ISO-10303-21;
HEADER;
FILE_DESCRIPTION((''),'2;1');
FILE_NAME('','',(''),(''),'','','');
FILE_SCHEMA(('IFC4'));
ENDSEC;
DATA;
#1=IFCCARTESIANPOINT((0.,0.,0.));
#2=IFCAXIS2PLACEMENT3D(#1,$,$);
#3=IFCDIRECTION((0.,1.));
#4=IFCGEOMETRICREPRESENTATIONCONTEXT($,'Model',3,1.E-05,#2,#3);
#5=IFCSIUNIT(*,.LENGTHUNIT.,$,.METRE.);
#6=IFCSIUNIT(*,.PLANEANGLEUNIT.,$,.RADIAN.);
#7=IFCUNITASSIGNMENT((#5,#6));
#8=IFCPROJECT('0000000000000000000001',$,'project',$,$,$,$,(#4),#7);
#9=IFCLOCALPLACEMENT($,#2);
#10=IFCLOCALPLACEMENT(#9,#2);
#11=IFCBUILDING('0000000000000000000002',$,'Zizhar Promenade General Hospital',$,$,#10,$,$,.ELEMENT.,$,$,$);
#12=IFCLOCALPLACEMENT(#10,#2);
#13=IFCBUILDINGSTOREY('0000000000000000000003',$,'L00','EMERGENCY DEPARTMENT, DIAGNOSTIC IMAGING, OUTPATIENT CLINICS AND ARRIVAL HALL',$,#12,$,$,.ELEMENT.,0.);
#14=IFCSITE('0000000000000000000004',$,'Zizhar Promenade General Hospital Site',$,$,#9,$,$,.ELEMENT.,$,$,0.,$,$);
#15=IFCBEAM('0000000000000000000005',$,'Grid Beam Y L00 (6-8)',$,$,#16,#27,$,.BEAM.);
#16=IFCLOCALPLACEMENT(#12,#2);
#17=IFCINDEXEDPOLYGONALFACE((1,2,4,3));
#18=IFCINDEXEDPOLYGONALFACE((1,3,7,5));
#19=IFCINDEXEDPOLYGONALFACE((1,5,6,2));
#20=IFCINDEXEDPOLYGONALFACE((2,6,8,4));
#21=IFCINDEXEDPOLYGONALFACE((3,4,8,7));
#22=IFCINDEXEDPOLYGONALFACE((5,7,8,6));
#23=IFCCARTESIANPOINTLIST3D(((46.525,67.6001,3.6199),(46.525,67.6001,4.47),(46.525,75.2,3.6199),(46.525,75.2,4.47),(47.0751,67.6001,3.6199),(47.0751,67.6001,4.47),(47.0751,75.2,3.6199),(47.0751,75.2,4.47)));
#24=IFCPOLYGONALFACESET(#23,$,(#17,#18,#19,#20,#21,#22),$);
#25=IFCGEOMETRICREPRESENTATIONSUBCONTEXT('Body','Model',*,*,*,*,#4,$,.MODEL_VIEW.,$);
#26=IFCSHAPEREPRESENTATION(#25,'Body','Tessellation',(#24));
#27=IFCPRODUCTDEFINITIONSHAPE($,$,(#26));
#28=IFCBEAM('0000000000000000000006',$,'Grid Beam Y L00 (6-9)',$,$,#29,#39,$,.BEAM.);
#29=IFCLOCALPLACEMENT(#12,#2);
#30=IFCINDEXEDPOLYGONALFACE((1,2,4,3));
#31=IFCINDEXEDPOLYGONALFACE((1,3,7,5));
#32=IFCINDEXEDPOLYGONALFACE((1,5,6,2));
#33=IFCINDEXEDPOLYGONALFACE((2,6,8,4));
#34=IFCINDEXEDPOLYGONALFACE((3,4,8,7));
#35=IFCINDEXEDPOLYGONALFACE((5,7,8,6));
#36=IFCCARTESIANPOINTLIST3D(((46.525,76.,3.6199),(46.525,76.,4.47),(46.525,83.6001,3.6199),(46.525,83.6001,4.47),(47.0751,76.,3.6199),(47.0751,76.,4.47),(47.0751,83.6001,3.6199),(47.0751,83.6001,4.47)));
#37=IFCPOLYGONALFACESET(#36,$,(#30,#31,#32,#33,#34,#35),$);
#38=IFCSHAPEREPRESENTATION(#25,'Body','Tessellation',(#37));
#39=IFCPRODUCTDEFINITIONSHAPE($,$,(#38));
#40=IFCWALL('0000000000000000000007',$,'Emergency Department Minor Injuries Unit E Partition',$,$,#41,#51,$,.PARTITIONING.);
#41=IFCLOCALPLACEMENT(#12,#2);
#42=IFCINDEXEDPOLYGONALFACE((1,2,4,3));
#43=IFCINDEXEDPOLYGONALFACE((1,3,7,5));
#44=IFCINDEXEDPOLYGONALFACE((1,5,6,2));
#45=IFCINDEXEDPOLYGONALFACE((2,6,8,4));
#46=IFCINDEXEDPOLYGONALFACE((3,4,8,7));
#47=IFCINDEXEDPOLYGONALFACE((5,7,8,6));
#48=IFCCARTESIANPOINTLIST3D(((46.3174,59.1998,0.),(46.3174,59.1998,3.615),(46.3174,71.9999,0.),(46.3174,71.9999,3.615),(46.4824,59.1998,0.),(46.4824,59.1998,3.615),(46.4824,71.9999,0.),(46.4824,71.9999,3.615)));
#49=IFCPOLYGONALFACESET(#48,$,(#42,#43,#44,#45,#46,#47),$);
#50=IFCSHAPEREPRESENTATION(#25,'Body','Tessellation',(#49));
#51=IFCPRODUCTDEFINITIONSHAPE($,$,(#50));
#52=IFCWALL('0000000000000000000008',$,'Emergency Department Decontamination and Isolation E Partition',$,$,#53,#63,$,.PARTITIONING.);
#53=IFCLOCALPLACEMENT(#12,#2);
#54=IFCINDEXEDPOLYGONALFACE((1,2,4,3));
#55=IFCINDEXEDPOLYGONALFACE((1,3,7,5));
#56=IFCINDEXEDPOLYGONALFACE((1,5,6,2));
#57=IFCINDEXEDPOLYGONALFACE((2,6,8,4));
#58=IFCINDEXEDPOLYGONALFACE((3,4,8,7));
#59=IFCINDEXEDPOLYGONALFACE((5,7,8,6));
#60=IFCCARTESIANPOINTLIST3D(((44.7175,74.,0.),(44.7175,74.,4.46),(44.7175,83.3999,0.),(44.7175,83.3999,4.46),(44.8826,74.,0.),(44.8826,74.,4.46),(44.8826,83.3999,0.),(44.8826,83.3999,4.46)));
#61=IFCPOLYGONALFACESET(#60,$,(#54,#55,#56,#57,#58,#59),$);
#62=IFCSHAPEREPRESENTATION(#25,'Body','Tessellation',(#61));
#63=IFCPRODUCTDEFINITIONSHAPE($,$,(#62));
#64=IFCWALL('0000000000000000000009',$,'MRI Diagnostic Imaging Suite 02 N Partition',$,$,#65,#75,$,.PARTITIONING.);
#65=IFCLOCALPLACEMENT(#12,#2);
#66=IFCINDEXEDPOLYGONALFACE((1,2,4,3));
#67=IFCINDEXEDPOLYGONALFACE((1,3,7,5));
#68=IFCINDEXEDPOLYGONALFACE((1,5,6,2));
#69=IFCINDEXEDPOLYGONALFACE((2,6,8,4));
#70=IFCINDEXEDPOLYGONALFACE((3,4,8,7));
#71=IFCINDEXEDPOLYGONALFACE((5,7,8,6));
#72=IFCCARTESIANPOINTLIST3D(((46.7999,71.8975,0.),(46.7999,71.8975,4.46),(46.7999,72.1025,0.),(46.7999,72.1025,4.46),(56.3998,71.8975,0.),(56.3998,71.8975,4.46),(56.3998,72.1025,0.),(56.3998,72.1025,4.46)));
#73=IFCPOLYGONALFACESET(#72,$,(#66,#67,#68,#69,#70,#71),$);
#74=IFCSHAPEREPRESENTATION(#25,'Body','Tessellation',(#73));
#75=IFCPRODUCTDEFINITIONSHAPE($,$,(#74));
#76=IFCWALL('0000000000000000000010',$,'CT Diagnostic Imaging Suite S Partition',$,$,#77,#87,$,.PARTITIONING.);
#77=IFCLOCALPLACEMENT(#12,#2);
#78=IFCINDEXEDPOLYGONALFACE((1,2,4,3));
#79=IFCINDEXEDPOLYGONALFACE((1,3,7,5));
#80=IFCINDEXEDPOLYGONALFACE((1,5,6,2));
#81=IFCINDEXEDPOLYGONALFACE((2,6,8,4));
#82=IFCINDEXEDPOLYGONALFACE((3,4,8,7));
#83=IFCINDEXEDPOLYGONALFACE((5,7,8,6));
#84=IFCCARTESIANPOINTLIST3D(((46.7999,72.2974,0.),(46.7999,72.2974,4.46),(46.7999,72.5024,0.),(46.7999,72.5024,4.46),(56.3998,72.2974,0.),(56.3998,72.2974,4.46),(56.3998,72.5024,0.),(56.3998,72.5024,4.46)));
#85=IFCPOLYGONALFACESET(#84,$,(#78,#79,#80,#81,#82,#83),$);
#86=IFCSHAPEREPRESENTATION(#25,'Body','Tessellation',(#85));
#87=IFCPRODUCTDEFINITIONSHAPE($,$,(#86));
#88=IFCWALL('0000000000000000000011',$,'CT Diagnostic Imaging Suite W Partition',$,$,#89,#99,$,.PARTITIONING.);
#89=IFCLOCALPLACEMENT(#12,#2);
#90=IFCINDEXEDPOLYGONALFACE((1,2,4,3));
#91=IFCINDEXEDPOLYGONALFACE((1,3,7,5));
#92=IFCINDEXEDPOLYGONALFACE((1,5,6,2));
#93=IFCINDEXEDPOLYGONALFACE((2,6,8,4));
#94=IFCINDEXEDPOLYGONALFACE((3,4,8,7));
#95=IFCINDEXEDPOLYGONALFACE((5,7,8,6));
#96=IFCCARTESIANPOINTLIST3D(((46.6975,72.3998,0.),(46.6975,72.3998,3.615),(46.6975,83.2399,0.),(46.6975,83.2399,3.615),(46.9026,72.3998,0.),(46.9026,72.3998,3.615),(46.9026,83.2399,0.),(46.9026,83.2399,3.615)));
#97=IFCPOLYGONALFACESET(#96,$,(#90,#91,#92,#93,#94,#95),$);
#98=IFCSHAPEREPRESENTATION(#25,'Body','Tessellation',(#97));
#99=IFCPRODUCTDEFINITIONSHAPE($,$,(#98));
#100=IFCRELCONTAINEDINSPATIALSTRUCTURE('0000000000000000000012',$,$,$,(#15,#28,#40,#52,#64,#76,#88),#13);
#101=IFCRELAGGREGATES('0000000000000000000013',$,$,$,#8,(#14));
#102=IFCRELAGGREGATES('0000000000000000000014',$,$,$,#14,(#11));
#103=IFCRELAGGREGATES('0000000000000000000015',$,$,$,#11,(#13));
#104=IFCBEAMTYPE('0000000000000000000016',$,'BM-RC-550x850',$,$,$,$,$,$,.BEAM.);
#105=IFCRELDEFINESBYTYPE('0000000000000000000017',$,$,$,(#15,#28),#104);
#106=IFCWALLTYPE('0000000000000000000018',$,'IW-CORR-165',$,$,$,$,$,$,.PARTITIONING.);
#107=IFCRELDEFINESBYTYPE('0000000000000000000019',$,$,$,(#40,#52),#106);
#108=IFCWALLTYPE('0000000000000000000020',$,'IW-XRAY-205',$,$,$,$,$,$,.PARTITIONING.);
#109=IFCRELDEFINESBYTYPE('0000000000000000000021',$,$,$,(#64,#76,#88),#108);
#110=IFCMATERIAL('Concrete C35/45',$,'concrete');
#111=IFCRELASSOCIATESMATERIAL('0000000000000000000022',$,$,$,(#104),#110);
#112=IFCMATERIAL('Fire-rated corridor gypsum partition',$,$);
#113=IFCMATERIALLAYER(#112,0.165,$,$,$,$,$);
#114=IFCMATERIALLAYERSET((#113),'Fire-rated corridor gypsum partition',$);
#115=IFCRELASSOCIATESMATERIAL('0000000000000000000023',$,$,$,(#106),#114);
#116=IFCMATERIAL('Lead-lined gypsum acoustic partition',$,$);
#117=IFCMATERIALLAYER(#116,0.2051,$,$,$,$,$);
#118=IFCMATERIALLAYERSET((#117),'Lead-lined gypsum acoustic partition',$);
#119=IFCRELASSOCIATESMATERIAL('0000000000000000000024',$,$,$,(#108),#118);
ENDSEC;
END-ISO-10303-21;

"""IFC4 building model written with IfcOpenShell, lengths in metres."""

from ifc_helpers import new_model, si_unit, direction, frame, frame_2d, origin, origin_2d, place, context, subcontext, project, spatial, rectangle, extrude, material, layer, layer_set, material_profile, profile_set, type_object, element, save


model = new_model("IFC4")

# Units and contexts
model_context = context("Model", 3, precision=1e-05, world=origin(), true_north=direction((0.0, 1.0)))
body_context = subcontext(model_context, "Body", "Model", "MODEL_VIEW")
ifc_project = project(units=[si_unit("LENGTHUNIT", "METRE"), si_unit("PLANEANGLEUNIT", "RADIAN")], contexts=[model_context])

# Site, building, storey
site_placement = place(None, origin())
site = spatial("IfcSite", under=ifc_project, at=site_placement, Name="Zizhar Promenade General Hospital Site", CompositionType="ELEMENT", RefElevation=0.0)
building_placement = place(site_placement, origin())
building = spatial("IfcBuilding", under=site, at=building_placement, Name="Zizhar Promenade General Hospital", CompositionType="ELEMENT")
storey_placement = place(building_placement, origin())
storey = spatial("IfcBuildingStorey", under=building, at=storey_placement, Name="L00", Description="EMERGENCY DEPARTMENT, DIAGNOSTIC IMAGING, OUTPATIENT CLINICS AND ARRIVAL HALL", CompositionType="ELEMENT", Elevation=0.0)

# Beams
ifc_material_1 = material(Name="Concrete C35/45", Category="concrete")
ifc_material_profile_1 = material_profile(ifc_material_1, rectangle(XDim=0.55, YDim=0.8501, at=origin_2d()))
ifc_profile_set_1 = profile_set([ifc_material_profile_1], Name="Concrete C35/45")
beam_type_1 = type_object("IfcBeamType", Name="BM-RC-550x850", PredefinedType="BEAM", material=ifc_profile_set_1)
beam_1_placement = place(storey_placement, frame((46.8, 67.6001, 4.0449), z_axis=(0.0, 1.0, 0.0), x_axis=(-1.0, 0.0, 0.0)))
element("IfcBeam", 1, at=beam_1_placement, inside=storey, type_object=beam_type_1, Name="Grid Beam Y L00 (6-8)", PredefinedType="BEAM", context=body_context, shape_type="SweptSolid", body=[
    extrude(rectangle(XDim=0.55, YDim=0.8501, at=origin_2d()), origin(), (0.0, 0.0, 1.0), 7.5999),
])
beam_2_placement = place(storey_placement, frame((46.8, 76.0, 4.0449), z_axis=(0.0, 1.0, 0.0), x_axis=(-1.0, 0.0, 0.0)))
element("IfcBeam", 2, at=beam_2_placement, inside=storey, type_object=beam_type_1, Name="Grid Beam Y L00 (6-9)", PredefinedType="BEAM", context=body_context, shape_type="SweptSolid", body=[
    extrude(rectangle(XDim=0.55, YDim=0.8501, at=origin_2d()), origin(), (0.0, 0.0, 1.0), 7.6001),
])

# Walls
ifc_material_2 = material(Name="Fire-rated corridor gypsum partition")
ifc_layer_1 = layer(ifc_material_2, 0.165)
ifc_layer_set_1 = layer_set([ifc_layer_1], Name="Fire-rated corridor gypsum partition")
wall_type_1 = type_object("IfcWallType", Name="IW-CORR-165", PredefinedType="PARTITIONING", material=ifc_layer_set_1)
wall_1_placement = place(storey_placement, frame((46.3999, 59.2, 0.0), z_axis=(0.0, 0.0, 1.0), x_axis=(0.0, 1.0, 0.0)))
element("IfcWall", 3, at=wall_1_placement, inside=storey, type_object=wall_type_1, Name="Emergency Department Minor Injuries Unit E Partition", PredefinedType="PARTITIONING", context=body_context, shape_type="SweptSolid", body=[
    extrude(rectangle(XDim=12.8, YDim=0.165, at=frame_2d((6.3999, 0.0))), origin(), (0.0, 0.0, 1.0), 3.615),
])
wall_2_placement = place(storey_placement, frame((44.8, 74.0, 0.0), z_axis=(0.0, 0.0, 1.0), x_axis=(0.0, 1.0, 0.0)))
element("IfcWall", 4, at=wall_2_placement, inside=storey, type_object=wall_type_1, Name="Emergency Department Decontamination and Isolation E Partition", PredefinedType="PARTITIONING", context=body_context, shape_type="SweptSolid", body=[
    extrude(rectangle(XDim=9.3999, YDim=0.165, at=frame_2d((4.7, 0.0))), origin(), (0.0, 0.0, 1.0), 4.46),
])
ifc_material_3 = material(Name="Lead-lined gypsum acoustic partition")
ifc_layer_2 = layer(ifc_material_3, 0.2051)
ifc_layer_set_2 = layer_set([ifc_layer_2], Name="Lead-lined gypsum acoustic partition")
wall_type_2 = type_object("IfcWallType", Name="IW-XRAY-205", PredefinedType="PARTITIONING", material=ifc_layer_set_2)
for number, where, z_axis, x_axis, name in (
    (5, (46.8, 72.0, 0.0), (0.0, 0.0, 1.0), (1.0, 0.0, 0.0), "MRI Diagnostic Imaging Suite 02 N Partition"),
    (6, (46.8, 72.3999, 0.0), (0.0, 0.0, 1.0), (1.0, 0.0, 0.0), "CT Diagnostic Imaging Suite S Partition"),
):
    element("IfcWall", number, at=place(storey_placement, frame(where, z_axis=z_axis, x_axis=x_axis)), inside=storey, type_object=wall_type_2, Name=name, PredefinedType="PARTITIONING", context=body_context, shape_type="SweptSolid", body=[
        extrude(rectangle(XDim=9.5999, YDim=0.2051, at=frame_2d((4.7998, 0.0))), origin(), (0.0, 0.0, 1.0), 4.46),
    ])
wall_3_placement = place(storey_placement, frame((46.8, 72.3999, 0.0), z_axis=(0.0, 0.0, 1.0), x_axis=(0.0, 1.0, 0.0)))
element("IfcWall", 7, at=wall_3_placement, inside=storey, type_object=wall_type_2, Name="CT Diagnostic Imaging Suite W Partition", PredefinedType="PARTITIONING", context=body_context, shape_type="SweptSolid", body=[
    extrude(rectangle(XDim=10.8401, YDim=0.2051, at=frame_2d((5.4199, 0.0))), origin(), (0.0, 0.0, 1.0), 3.615),
])

save(model, "model.ifc")
